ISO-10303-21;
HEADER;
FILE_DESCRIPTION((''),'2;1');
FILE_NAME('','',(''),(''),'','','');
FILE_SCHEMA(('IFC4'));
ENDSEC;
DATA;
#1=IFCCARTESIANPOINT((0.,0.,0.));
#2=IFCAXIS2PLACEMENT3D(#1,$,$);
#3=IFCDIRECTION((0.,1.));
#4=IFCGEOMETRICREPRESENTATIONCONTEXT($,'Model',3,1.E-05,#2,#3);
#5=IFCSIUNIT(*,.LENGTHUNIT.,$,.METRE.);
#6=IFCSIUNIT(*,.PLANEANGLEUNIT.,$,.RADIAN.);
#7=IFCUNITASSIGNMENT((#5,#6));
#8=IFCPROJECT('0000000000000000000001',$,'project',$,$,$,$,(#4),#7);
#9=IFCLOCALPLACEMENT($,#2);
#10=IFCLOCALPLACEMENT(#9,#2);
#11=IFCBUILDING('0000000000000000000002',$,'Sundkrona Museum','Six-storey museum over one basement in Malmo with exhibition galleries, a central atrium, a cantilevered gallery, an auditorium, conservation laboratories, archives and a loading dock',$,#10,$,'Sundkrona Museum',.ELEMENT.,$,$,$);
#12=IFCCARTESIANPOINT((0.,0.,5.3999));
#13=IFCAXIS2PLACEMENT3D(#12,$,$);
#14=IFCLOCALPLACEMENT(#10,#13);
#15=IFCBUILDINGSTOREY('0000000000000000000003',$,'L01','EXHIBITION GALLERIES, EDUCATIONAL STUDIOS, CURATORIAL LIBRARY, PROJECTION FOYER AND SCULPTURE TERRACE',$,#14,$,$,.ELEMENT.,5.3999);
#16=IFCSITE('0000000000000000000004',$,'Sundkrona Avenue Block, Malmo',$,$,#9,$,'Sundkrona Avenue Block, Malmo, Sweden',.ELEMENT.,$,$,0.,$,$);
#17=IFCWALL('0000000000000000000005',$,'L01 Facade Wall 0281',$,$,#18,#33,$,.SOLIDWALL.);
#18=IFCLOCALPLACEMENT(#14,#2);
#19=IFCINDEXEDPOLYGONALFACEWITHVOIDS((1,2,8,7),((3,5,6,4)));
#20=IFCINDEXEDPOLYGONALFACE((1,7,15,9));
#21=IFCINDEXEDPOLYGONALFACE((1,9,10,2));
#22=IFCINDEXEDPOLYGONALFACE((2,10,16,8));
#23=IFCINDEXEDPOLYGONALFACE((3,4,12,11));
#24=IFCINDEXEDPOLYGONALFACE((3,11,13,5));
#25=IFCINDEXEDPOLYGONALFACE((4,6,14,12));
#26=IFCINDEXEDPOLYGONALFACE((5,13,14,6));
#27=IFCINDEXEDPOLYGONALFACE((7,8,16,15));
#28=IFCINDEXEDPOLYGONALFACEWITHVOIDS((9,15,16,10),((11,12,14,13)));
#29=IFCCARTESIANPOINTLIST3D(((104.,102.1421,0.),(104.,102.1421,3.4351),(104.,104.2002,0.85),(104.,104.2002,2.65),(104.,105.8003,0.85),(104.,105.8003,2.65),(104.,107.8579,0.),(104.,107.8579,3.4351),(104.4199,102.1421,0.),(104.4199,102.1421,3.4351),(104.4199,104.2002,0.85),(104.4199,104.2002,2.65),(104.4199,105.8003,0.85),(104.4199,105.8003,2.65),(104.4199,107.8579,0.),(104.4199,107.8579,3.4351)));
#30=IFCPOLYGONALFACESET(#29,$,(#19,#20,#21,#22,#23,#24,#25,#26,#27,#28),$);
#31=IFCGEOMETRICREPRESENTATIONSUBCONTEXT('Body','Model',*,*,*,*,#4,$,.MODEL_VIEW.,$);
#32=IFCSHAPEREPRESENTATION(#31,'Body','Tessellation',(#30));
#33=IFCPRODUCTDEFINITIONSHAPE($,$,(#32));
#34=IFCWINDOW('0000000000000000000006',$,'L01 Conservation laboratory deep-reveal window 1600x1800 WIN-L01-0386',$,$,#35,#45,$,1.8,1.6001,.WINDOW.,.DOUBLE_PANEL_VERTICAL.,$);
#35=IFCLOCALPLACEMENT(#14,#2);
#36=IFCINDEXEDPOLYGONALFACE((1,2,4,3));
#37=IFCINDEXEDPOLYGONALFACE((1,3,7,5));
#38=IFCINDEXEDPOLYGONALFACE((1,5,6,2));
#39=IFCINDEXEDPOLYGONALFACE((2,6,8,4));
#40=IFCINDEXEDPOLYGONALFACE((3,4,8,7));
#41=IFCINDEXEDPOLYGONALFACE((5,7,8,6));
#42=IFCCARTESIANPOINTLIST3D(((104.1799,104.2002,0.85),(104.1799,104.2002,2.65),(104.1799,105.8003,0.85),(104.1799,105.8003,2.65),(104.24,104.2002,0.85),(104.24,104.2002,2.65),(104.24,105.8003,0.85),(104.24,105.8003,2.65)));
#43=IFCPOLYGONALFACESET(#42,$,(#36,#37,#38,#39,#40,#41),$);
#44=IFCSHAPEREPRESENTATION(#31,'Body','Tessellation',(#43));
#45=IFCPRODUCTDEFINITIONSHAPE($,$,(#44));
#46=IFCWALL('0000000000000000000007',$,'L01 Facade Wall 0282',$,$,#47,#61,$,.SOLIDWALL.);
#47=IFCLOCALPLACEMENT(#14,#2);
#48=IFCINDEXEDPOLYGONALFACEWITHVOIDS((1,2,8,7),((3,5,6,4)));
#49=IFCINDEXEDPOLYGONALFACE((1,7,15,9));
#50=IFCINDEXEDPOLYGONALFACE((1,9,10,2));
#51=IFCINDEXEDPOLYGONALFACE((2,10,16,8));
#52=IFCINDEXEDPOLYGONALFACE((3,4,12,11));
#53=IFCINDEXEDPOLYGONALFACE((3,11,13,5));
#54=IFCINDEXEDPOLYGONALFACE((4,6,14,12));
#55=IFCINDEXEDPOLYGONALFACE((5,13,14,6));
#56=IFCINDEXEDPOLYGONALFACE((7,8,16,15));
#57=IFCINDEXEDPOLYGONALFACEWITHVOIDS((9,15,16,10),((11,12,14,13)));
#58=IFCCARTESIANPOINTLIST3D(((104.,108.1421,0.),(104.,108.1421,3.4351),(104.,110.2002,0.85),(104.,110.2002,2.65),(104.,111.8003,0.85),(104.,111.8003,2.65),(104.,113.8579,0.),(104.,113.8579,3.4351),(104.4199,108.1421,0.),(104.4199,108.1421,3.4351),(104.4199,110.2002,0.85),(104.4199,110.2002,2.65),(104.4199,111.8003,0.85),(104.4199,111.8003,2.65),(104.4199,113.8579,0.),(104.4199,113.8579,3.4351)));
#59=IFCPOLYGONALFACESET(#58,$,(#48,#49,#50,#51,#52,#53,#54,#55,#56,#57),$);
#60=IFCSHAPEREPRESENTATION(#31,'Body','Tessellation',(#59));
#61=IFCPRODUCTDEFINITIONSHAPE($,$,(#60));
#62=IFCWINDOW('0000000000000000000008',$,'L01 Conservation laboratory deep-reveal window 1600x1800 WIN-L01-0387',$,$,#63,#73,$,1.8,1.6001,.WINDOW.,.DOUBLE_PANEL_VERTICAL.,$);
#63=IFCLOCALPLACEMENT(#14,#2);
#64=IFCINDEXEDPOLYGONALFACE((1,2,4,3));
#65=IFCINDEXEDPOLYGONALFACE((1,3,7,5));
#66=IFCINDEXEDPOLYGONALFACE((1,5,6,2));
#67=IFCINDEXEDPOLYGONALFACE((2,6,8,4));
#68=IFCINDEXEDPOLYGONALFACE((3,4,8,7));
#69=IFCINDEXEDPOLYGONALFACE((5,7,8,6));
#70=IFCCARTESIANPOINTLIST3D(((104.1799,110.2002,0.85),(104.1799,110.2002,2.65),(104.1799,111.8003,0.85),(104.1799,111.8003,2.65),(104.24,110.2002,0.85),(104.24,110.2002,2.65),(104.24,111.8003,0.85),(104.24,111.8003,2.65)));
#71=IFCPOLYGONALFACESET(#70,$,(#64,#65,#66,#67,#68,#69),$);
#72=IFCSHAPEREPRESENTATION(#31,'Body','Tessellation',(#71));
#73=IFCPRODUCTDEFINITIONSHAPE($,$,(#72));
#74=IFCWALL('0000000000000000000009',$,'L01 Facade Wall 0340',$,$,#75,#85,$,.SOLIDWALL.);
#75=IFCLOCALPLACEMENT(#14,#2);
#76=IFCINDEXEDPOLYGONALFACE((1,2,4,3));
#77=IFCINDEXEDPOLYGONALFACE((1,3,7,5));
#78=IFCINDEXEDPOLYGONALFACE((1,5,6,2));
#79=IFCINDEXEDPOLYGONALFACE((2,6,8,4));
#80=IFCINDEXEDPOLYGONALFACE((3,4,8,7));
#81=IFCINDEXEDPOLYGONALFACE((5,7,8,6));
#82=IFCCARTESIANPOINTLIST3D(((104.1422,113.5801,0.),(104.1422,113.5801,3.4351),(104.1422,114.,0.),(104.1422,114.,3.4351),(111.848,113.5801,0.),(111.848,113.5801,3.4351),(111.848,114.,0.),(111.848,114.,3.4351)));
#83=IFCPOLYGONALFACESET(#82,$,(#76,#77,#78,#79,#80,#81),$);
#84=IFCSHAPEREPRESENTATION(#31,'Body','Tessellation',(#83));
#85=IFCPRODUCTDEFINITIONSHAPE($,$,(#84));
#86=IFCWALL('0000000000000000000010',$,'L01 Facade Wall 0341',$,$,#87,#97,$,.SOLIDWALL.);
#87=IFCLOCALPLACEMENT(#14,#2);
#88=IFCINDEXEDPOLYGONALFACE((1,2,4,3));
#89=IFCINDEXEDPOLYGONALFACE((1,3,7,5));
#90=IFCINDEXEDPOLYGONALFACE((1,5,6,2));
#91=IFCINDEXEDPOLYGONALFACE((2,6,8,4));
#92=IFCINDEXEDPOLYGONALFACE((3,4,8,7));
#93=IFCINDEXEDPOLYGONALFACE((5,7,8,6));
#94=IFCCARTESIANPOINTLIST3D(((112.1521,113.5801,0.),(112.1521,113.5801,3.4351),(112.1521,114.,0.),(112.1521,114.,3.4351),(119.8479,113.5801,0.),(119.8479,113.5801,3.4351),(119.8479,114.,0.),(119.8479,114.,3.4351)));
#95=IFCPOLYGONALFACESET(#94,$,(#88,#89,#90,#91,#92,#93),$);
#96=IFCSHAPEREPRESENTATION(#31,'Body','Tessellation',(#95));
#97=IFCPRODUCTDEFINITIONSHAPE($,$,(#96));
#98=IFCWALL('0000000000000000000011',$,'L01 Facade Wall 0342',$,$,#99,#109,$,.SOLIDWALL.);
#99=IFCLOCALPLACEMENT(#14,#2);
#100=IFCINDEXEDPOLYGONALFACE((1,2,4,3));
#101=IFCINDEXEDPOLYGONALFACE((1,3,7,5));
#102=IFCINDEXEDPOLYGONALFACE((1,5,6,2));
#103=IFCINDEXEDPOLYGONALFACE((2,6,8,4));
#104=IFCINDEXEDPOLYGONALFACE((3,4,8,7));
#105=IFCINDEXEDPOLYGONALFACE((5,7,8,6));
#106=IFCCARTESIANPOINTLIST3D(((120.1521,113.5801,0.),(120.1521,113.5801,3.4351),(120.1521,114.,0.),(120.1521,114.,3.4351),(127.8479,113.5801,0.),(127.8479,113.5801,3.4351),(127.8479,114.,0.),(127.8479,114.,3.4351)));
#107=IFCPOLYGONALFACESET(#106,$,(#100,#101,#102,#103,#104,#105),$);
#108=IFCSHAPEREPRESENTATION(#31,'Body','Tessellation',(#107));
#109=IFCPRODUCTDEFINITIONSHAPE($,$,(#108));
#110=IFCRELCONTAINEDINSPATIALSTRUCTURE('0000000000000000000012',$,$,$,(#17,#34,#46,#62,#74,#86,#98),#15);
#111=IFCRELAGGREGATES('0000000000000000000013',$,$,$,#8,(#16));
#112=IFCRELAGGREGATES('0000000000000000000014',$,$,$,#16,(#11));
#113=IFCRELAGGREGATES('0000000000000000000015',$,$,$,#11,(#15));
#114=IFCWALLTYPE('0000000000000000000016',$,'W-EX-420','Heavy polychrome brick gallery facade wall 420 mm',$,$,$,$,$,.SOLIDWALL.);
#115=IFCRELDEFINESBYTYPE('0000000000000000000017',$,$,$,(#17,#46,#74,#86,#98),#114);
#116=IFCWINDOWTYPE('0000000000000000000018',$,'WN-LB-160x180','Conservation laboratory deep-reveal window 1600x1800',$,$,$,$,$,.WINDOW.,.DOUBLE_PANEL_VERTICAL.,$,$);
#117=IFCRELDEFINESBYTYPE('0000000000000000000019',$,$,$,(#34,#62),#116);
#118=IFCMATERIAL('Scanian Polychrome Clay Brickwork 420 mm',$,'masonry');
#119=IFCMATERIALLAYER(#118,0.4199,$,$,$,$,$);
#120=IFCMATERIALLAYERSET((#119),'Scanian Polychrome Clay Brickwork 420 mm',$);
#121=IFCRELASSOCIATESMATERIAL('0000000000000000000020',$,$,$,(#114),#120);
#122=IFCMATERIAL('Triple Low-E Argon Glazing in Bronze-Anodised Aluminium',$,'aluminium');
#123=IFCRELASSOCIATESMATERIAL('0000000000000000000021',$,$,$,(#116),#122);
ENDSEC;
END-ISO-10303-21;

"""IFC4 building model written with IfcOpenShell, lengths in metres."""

from ifc_helpers import new_model, si_unit, direction, frame, frame_2d, origin, place, context, subcontext, project, spatial, rectangle, extrude, material, layer, layer_set, type_object, element, fill, save


model = new_model("IFC4")

# Units and contexts
model_context = context("Model", 3, precision=1e-05, world=origin(), true_north=direction((0.0, 1.0)))
body_context = subcontext(model_context, "Body", "Model", "MODEL_VIEW")
ifc_project = project(units=[si_unit("LENGTHUNIT", "METRE"), si_unit("PLANEANGLEUNIT", "RADIAN")], contexts=[model_context])

# Site, building, storey
site_placement = place(None, origin())
site = spatial("IfcSite", under=ifc_project, at=site_placement, Name="Sundkrona Avenue Block, Malmo", LongName="Sundkrona Avenue Block, Malmo, Sweden", CompositionType="ELEMENT", RefElevation=0.0)
building_placement = place(site_placement, origin())
building = spatial("IfcBuilding", under=site, at=building_placement, Name="Sundkrona Museum", Description="Six-storey museum over one basement in Malmo with exhibition galleries, a central atrium, a cantilevered gallery, an auditorium, conservation laboratories, archives and a loading dock", LongName="Sundkrona Museum", CompositionType="ELEMENT")
storey_placement = place(building_placement, frame((0.0, 0.0, 5.3999)))
storey = spatial("IfcBuildingStorey", under=building, at=storey_placement, Name="L01", Description="EXHIBITION GALLERIES, EDUCATIONAL STUDIOS, CURATORIAL LIBRARY, PROJECTION FOYER AND SCULPTURE TERRACE", CompositionType="ELEMENT", Elevation=5.3999)

# Walls, openings, windows
ifc_material_1 = material(Name="Scanian Polychrome Clay Brickwork 420 mm", Category="masonry")
ifc_layer = layer(ifc_material_1, 0.4199)
ifc_layer_set = layer_set([ifc_layer], Name="Scanian Polychrome Clay Brickwork 420 mm")
wall_type = type_object("IfcWallType", Name="W-EX-420", Description="Heavy polychrome brick gallery facade wall 420 mm", PredefinedType="SOLIDWALL", material=ifc_layer_set)
wall_1_placement = place(storey_placement, frame((104.21, 102.1421, 0.0), z_axis=(0.0, 0.0, 1.0), x_axis=(0.0, 1.0, 0.0)))
wall_1 = element("IfcWall", 1, at=wall_1_placement, inside=storey, type_object=wall_type, Name="L01 Facade Wall 0281", PredefinedType="SOLIDWALL", context=body_context, shape_type="SweptSolid", body=[
    extrude(rectangle(XDim=5.7158, YDim=0.4199, at=frame_2d((2.8579, 0.0))), origin(), (0.0, 0.0, 1.0), 3.4351),
])
opening_1_placement = place(wall_1_placement, frame((2.0581, 0.0, 0.8501)))
opening_1 = element("IfcOpeningElement", 2, at=opening_1_placement, cuts=wall_1, PredefinedType="OPENING", context=body_context, shape_type="SweptSolid", body=[
    extrude(rectangle(XDim=1.6001, YDim=1.8, at=frame_2d((0.8, 0.8999))), frame((0.0, 0.22, 0.0), z_axis=(0.0, -1.0, 0.0), x_axis=(1.0, 0.0, 0.0)), (0.0, 0.0, 1.0), 0.4399),
])
ifc_material_2 = material(Name="Triple Low-E Argon Glazing in Bronze-Anodised Aluminium", Category="aluminium")
window_type = type_object("IfcWindowType", Name="WN-LB-160x180", Description="Conservation laboratory deep-reveal window 1600x1800", PartitioningType="DOUBLE_PANEL_VERTICAL", PredefinedType="WINDOW", material=ifc_material_2)
window_1_placement = place(opening_1_placement, origin())
window_1 = element("IfcWindow", 3, at=window_1_placement, inside=storey, type_object=window_type, Name="L01 Conservation laboratory deep-reveal window 1600x1800 WIN-L01-0386", OverallHeight=1.8, OverallWidth=1.6001, PartitioningType="DOUBLE_PANEL_VERTICAL", PredefinedType="WINDOW", context=body_context, shape_type="SweptSolid", body=[
    extrude(rectangle(XDim=1.6001, YDim=1.8, at=frame_2d((0.8, 0.8999))), frame((0.0, 0.03, 0.0), z_axis=(0.0, -1.0, 0.0), x_axis=(1.0, 0.0, 0.0)), (0.0, 0.0, 1.0), 0.0601),
])
fill(opening_1, window_1)
wall_2_placement = place(storey_placement, frame((104.21, 108.1421, 0.0), z_axis=(0.0, 0.0, 1.0), x_axis=(0.0, 1.0, 0.0)))
wall_2 = element("IfcWall", 4, at=wall_2_placement, inside=storey, type_object=wall_type, Name="L01 Facade Wall 0282", PredefinedType="SOLIDWALL", context=body_context, shape_type="SweptSolid", body=[
    extrude(rectangle(XDim=5.7158, YDim=0.4199, at=frame_2d((2.8579, 0.0))), origin(), (0.0, 0.0, 1.0), 3.4351),
])
opening_2_placement = place(wall_2_placement, frame((2.0581, 0.0, 0.8501)))
opening_2 = element("IfcOpeningElement", 5, at=opening_2_placement, cuts=wall_2, PredefinedType="OPENING", context=body_context, shape_type="SweptSolid", body=[
    extrude(rectangle(XDim=1.6001, YDim=1.8, at=frame_2d((0.8, 0.8999))), frame((0.0, 0.22, 0.0), z_axis=(0.0, -1.0, 0.0), x_axis=(1.0, 0.0, 0.0)), (0.0, 0.0, 1.0), 0.4399),
])
window_2_placement = place(opening_2_placement, origin())
window_2 = element("IfcWindow", 6, at=window_2_placement, inside=storey, type_object=window_type, Name="L01 Conservation laboratory deep-reveal window 1600x1800 WIN-L01-0387", OverallHeight=1.8, OverallWidth=1.6001, PartitioningType="DOUBLE_PANEL_VERTICAL", PredefinedType="WINDOW", context=body_context, shape_type="SweptSolid", body=[
    extrude(rectangle(XDim=1.6001, YDim=1.8, at=frame_2d((0.8, 0.8999))), frame((0.0, 0.03, 0.0), z_axis=(0.0, -1.0, 0.0), x_axis=(1.0, 0.0, 0.0)), (0.0, 0.0, 1.0), 0.0601),
])
fill(opening_2, window_2)

# Walls
wall_3_placement = place(storey_placement, frame((104.1421, 113.79, 0.0), z_axis=(0.0, 0.0, 1.0), x_axis=(1.0, 0.0, 0.0)))
element("IfcWall", 7, at=wall_3_placement, inside=storey, type_object=wall_type, Name="L01 Facade Wall 0340", PredefinedType="SOLIDWALL", context=body_context, shape_type="SweptSolid", body=[
    extrude(rectangle(XDim=7.7058, YDim=0.4199, at=frame_2d((3.853, 0.0))), origin(), (0.0, 0.0, 1.0), 3.4351),
])
for number, where, z_axis, x_axis, name in (
    (8, (112.1521, 113.79, 0.0), (0.0, 0.0, 1.0), (1.0, 0.0, 0.0), "L01 Facade Wall 0341"),
    (9, (120.1521, 113.79, 0.0), (0.0, 0.0, 1.0), (1.0, 0.0, 0.0), "L01 Facade Wall 0342"),
):
    element("IfcWall", number, at=place(storey_placement, frame(where, z_axis=z_axis, x_axis=x_axis)), inside=storey, type_object=wall_type, Name=name, PredefinedType="SOLIDWALL", context=body_context, shape_type="SweptSolid", body=[
        extrude(rectangle(XDim=7.6958, YDim=0.4199, at=frame_2d((3.8479, 0.0))), origin(), (0.0, 0.0, 1.0), 3.4351),
    ])

save(model, "model.ifc")
